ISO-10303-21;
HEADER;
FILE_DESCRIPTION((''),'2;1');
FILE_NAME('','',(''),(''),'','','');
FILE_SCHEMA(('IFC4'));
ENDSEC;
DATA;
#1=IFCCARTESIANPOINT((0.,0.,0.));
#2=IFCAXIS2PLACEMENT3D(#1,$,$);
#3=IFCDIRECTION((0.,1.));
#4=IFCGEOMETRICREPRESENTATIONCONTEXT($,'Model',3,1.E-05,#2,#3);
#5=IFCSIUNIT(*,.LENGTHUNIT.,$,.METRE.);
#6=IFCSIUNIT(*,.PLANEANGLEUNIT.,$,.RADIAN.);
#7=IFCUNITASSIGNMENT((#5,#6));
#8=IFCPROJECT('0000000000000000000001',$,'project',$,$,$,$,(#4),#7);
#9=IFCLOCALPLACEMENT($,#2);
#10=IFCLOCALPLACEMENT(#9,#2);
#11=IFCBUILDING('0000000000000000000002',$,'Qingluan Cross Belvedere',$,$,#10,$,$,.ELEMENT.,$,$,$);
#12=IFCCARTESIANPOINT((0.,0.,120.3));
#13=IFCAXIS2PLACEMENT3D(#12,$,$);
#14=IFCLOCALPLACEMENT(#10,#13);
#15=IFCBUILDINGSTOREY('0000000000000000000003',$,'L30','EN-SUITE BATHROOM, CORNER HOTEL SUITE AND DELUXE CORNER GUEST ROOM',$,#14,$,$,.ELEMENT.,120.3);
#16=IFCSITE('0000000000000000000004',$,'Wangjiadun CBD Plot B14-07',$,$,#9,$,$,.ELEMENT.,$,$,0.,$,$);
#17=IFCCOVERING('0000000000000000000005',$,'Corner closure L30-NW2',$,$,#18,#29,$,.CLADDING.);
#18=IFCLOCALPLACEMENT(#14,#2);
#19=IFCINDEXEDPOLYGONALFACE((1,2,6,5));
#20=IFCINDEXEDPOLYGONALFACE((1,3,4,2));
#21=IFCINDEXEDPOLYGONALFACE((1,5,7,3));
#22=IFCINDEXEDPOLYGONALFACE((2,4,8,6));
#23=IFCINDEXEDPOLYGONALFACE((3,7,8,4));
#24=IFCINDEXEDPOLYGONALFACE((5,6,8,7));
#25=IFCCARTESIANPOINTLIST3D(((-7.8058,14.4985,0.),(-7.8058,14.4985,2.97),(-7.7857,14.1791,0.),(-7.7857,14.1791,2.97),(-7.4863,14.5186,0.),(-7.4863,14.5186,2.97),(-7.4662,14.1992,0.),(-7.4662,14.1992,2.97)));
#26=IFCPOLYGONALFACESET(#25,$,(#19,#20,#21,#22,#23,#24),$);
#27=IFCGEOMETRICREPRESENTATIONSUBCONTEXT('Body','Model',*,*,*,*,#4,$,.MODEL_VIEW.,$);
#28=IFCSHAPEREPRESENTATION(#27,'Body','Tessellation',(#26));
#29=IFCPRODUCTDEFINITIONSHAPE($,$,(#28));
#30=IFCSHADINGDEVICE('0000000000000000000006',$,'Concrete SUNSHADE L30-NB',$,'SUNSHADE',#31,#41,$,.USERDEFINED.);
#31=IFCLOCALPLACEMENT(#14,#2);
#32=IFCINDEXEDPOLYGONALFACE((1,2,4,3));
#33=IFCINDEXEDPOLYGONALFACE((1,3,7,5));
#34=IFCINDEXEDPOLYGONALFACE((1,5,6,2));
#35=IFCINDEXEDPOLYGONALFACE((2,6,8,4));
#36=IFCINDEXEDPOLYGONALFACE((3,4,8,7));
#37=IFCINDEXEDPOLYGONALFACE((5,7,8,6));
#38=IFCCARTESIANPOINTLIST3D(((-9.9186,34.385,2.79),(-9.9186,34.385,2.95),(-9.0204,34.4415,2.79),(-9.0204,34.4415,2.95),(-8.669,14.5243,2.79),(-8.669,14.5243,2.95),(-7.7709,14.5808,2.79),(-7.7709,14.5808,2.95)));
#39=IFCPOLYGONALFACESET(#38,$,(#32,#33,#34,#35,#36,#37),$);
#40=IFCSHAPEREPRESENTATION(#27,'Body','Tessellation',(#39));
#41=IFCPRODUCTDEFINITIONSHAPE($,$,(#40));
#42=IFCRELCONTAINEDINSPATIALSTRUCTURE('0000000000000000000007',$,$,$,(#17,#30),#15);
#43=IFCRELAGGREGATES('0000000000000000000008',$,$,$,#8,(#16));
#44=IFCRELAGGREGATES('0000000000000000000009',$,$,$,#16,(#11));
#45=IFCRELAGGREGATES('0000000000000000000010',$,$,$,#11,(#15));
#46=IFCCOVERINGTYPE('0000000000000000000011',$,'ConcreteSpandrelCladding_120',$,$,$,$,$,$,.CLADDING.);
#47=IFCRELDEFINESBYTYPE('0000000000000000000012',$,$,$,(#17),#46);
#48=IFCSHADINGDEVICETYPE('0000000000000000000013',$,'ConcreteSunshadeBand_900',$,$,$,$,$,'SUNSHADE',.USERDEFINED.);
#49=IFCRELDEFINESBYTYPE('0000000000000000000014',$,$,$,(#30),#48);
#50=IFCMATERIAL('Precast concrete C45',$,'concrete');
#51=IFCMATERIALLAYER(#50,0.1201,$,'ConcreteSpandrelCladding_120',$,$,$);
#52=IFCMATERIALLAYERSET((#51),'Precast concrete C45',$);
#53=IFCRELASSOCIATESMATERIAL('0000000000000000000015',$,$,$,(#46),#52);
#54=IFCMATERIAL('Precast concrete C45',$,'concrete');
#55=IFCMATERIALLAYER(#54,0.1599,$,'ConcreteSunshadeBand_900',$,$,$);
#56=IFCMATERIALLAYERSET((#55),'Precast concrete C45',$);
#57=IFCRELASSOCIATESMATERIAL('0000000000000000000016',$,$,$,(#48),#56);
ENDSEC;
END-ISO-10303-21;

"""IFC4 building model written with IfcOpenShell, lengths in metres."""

from ifc_helpers import new_model, si_unit, direction, frame, origin, origin_2d, place, context, subcontext, project, spatial, rectangle, extrude, material, layer, layer_set, type_object, element, save


model = new_model("IFC4")

# Units and contexts
model_context = context("Model", 3, precision=1e-05, world=origin(), true_north=direction((0.0, 1.0)))
body_context = subcontext(model_context, "Body", "Model", "MODEL_VIEW")
ifc_project = project(units=[si_unit("LENGTHUNIT", "METRE"), si_unit("PLANEANGLEUNIT", "RADIAN")], contexts=[model_context])

# Site, building, storey
site_placement = place(None, origin())
site = spatial("IfcSite", under=ifc_project, at=site_placement, Name="Wangjiadun CBD Plot B14-07", CompositionType="ELEMENT", RefElevation=0.0)
building_placement = place(site_placement, origin())
building = spatial("IfcBuilding", under=site, at=building_placement, Name="Qingluan Cross Belvedere", CompositionType="ELEMENT")
storey_placement = place(building_placement, frame((0.0, 0.0, 120.3)))
storey = spatial("IfcBuildingStorey", under=building, at=storey_placement, Name="L30", Description="EN-SUITE BATHROOM, CORNER HOTEL SUITE AND DELUXE CORNER GUEST ROOM", CompositionType="ELEMENT", Elevation=120.3)

# Covering
ifc_material_1 = material(Name="Precast concrete C45", Category="concrete")
ifc_layer_1 = layer(ifc_material_1, 0.1201, Name="ConcreteSpandrelCladding_120")
ifc_layer_set_1 = layer_set([ifc_layer_1], Name="Precast concrete C45")
covering_type = type_object("IfcCoveringType", Name="ConcreteSpandrelCladding_120", PredefinedType="CLADDING", material=ifc_layer_set_1)
covering_placement = place(storey_placement, frame((-7.636, 14.3489, 0.0), z_axis=(0.0, 0.0, 1.0), x_axis=(0.998027, 0.062791, 0.0)))
element("IfcCovering", 1, at=covering_placement, inside=storey, type_object=covering_type, Name="Corner closure L30-NW2", PredefinedType="CLADDING", context=body_context, shape_type="SweptSolid", body=[
    extrude(rectangle(XDim=0.3201, YDim=0.3201, at=origin_2d()), origin(), (0.0, 0.0, 1.0), 2.97),
])

# Shading device
ifc_material_2 = material(Name="Precast concrete C45", Category="concrete")
ifc_layer_2 = layer(ifc_material_2, 0.1599, Name="ConcreteSunshadeBand_900")
ifc_layer_set_2 = layer_set([ifc_layer_2], Name="Precast concrete C45")
shading_device_type = type_object("IfcShadingDeviceType", Name="ConcreteSunshadeBand_900", ElementType="SUNSHADE", PredefinedType="USERDEFINED", material=ifc_layer_set_2)
shading_device_placement = place(storey_placement, frame((-8.8447, 24.4829, 2.79), z_axis=(0.0, 0.0, 1.0), x_axis=(0.062791, -0.998027, 0.0)))
element("IfcShadingDevice", 2, at=shading_device_placement, inside=storey, type_object=shading_device_type, Name="Concrete SUNSHADE L30-NB", ObjectType="SUNSHADE", PredefinedType="USERDEFINED", context=body_context, shape_type="SweptSolid", body=[
    extrude(rectangle(XDim=19.8999, YDim=0.8999, at=origin_2d()), origin(), (0.0, 0.0, 1.0), 0.1599),
])

save(model, "model.ifc")
